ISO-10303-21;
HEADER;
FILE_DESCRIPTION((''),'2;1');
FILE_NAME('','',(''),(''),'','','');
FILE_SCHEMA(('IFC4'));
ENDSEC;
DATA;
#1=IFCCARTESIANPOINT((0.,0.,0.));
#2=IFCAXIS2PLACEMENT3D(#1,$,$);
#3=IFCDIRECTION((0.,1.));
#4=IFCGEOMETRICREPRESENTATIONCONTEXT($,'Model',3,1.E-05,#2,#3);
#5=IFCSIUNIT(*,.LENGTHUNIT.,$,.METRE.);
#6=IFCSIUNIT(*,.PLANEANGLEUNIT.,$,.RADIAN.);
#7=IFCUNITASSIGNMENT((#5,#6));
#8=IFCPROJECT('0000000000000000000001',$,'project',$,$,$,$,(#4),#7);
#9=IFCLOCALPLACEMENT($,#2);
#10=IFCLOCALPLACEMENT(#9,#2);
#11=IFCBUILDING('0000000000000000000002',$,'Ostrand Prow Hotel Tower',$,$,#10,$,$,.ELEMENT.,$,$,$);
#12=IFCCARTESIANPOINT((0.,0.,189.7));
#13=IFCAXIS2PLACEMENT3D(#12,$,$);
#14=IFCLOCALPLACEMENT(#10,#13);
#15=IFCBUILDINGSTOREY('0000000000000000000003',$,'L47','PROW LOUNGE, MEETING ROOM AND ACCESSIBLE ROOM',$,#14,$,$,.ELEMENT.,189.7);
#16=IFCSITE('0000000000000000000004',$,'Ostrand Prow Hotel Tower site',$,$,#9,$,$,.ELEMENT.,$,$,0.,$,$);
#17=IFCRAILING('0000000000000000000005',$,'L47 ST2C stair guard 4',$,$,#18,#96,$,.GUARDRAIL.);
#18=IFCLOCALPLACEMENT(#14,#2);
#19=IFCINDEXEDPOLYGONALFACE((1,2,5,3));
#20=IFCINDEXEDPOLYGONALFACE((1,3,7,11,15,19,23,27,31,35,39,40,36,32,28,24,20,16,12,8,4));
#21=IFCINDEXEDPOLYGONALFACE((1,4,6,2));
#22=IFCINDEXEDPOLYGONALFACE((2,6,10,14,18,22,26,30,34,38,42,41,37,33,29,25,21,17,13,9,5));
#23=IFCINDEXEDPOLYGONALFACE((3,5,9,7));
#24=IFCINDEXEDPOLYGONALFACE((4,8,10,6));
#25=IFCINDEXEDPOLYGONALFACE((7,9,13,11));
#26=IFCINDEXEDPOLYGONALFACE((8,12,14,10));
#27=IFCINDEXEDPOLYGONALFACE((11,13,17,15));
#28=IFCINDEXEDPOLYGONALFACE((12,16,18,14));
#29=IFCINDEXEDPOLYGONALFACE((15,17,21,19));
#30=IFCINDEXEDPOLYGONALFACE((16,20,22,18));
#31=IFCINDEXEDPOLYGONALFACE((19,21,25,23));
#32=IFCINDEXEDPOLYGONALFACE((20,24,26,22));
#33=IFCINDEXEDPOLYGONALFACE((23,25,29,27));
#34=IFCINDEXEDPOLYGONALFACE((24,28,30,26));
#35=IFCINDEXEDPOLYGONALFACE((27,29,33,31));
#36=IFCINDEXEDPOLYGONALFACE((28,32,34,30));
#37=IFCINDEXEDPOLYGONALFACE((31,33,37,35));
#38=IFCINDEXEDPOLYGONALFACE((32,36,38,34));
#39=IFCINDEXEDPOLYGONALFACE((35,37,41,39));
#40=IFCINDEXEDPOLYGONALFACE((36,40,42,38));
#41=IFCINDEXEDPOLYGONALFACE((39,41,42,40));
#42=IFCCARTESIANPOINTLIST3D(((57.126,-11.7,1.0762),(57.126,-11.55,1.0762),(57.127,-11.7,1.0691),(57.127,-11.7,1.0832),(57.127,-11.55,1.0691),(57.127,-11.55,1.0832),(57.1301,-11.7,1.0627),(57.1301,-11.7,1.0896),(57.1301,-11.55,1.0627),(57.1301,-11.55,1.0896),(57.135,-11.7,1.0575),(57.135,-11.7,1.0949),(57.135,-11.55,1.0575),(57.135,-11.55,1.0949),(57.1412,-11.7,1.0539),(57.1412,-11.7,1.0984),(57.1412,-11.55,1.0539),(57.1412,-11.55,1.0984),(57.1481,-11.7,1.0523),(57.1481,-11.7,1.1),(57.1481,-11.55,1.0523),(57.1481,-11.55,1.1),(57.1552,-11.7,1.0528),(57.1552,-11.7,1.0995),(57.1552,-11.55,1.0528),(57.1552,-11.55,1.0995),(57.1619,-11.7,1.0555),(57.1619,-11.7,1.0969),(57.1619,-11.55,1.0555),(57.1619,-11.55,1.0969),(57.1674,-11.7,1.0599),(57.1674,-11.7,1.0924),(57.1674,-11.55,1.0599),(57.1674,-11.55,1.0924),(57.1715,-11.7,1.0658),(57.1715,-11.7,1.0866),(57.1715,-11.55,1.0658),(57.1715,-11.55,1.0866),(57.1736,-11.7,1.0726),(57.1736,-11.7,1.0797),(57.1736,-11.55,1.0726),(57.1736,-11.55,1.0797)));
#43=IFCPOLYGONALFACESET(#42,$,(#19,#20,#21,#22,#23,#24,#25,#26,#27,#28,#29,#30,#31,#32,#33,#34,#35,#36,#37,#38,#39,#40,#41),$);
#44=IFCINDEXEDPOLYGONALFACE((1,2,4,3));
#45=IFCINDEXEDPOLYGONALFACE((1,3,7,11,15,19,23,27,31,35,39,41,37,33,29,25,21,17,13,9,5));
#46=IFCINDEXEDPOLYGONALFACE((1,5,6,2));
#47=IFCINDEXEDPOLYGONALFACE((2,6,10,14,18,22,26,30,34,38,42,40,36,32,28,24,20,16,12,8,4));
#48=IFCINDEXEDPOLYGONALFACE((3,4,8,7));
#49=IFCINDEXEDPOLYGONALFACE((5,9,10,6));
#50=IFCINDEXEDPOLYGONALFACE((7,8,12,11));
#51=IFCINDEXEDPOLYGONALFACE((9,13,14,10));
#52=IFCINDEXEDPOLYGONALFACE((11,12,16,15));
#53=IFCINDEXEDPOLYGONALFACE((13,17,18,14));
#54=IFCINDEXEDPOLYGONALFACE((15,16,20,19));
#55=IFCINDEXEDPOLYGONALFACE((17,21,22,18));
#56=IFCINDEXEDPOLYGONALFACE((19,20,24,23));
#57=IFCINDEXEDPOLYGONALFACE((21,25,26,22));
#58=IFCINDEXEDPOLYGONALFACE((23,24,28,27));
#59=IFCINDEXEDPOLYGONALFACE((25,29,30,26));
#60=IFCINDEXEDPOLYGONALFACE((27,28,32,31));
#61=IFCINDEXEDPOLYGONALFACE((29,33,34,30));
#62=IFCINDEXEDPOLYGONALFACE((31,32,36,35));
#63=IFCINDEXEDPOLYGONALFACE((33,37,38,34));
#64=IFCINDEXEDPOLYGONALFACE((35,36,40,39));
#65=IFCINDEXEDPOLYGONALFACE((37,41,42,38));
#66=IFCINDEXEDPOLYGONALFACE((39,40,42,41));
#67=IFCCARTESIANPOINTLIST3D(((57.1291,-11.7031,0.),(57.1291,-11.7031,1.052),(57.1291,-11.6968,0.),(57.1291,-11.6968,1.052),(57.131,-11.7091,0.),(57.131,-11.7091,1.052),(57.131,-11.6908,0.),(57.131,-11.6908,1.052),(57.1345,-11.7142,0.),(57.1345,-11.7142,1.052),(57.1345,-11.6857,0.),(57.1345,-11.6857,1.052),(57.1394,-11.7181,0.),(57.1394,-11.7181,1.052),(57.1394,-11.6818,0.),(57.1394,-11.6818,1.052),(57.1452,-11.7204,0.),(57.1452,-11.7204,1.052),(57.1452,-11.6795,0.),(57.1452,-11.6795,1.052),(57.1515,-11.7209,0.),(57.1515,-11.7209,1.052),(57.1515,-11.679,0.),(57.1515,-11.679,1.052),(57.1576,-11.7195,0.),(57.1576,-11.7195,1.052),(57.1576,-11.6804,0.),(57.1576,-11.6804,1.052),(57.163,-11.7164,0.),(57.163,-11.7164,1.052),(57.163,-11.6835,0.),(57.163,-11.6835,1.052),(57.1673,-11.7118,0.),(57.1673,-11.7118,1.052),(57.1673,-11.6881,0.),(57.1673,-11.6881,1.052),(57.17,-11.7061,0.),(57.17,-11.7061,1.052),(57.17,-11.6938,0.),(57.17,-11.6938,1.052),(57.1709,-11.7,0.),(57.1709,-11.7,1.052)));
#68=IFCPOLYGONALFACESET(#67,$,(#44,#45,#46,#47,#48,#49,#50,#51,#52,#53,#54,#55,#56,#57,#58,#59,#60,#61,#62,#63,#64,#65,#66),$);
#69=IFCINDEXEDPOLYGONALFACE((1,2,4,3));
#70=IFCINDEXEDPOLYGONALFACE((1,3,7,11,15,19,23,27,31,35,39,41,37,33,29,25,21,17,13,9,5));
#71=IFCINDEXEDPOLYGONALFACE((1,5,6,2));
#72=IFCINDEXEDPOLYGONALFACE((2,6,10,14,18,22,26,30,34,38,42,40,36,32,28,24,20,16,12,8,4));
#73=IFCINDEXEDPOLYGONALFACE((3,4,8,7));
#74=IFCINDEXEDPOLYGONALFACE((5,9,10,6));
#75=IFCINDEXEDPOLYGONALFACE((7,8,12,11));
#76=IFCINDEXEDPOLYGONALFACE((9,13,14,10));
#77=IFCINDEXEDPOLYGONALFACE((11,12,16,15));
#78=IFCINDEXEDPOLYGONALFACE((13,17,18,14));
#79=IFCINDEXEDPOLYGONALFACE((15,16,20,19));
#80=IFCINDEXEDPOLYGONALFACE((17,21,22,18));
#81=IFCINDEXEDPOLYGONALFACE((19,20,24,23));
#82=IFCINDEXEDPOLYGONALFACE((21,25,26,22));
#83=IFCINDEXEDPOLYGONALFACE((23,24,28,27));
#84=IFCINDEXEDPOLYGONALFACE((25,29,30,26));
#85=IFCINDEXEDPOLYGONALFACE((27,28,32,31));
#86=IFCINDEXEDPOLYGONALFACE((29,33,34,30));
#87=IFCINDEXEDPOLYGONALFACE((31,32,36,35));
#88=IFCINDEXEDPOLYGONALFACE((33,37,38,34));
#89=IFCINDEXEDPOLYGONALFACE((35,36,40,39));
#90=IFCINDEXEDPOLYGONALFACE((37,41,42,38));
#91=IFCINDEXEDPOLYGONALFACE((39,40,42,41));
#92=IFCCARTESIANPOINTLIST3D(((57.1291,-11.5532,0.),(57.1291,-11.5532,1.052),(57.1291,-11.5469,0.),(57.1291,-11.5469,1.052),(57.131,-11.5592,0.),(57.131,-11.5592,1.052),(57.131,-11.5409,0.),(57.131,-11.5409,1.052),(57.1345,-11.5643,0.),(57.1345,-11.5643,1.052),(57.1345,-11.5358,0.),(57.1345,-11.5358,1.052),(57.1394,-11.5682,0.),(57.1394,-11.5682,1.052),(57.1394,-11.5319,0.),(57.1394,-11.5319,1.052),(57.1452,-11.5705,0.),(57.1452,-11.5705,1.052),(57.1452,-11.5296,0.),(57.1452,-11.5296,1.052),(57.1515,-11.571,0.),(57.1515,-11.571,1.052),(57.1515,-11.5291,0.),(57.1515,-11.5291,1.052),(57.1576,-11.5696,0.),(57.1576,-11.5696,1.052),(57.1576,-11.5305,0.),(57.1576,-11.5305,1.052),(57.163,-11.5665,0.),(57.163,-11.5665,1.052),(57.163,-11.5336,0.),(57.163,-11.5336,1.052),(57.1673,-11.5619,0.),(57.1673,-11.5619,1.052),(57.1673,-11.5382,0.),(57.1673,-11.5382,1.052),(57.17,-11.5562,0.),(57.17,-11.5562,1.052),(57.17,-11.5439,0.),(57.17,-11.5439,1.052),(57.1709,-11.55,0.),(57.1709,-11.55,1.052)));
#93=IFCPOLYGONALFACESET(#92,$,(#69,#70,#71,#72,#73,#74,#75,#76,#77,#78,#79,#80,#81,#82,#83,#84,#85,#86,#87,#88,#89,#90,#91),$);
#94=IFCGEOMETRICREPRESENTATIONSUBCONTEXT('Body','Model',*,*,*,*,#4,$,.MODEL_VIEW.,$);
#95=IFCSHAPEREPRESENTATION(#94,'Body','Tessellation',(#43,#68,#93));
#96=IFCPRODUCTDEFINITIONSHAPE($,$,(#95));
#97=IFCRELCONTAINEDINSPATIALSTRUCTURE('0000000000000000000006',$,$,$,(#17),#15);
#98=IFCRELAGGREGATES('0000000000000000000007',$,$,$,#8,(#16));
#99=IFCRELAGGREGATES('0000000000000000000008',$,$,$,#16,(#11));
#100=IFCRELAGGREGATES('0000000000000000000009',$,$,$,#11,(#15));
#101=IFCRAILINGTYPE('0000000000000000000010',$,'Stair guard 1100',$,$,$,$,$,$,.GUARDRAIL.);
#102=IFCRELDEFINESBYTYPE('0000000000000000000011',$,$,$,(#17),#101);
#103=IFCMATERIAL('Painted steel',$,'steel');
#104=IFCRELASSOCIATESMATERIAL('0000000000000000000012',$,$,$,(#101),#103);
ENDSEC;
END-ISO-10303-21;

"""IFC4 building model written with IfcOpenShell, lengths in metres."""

from ifc_helpers import new_model, si_unit, direction, frame, origin, origin_2d, place, context, subcontext, project, spatial, circle, extrude, material, type_object, element, save


model = new_model("IFC4")

# Units and contexts
model_context = context("Model", 3, precision=1e-05, world=origin(), true_north=direction((0.0, 1.0)))
body_context = subcontext(model_context, "Body", "Model", "MODEL_VIEW")
ifc_project = project(units=[si_unit("LENGTHUNIT", "METRE"), si_unit("PLANEANGLEUNIT", "RADIAN")], contexts=[model_context])

# Site, building, storey
site_placement = place(None, origin())
site = spatial("IfcSite", under=ifc_project, at=site_placement, Name="Ostrand Prow Hotel Tower site", CompositionType="ELEMENT", RefElevation=0.0)
building_placement = place(site_placement, origin())
building = spatial("IfcBuilding", under=site, at=building_placement, Name="Ostrand Prow Hotel Tower", CompositionType="ELEMENT")
storey_placement = place(building_placement, frame((0.0, 0.0, 189.7)))
storey = spatial("IfcBuildingStorey", under=building, at=storey_placement, Name="L47", Description="PROW LOUNGE, MEETING ROOM AND ACCESSIBLE ROOM", CompositionType="ELEMENT", Elevation=189.7)

# Railing
ifc_material_1 = material(Name="Painted steel", Category="steel")
railing_type = type_object("IfcRailingType", Name="Stair guard 1100", PredefinedType="GUARDRAIL", material=ifc_material_1)
railing_placement = place(storey_placement, frame((57.1499, -11.7, 0.0)))
element("IfcRailing", 1, at=railing_placement, inside=storey, type_object=railing_type, Name="L47 ST2C stair guard 4", PredefinedType="GUARDRAIL", context=body_context, shape_type="SweptSolid", body=[
    extrude(circle(Radius=0.0239, at=origin_2d()), frame((0.0, 0.0, 1.0762), z_axis=(0.0, 1.0, 0.0), x_axis=(-1.0, 0.0, 0.0)), (0.0, 0.0, 1.0), 0.1499),
    extrude(circle(Radius=0.021, at=origin_2d()), origin(), (0.0, 0.0, 1.0), 1.052),
    extrude(circle(Radius=0.021, at=origin_2d()), frame((0.0, 0.1499, 0.0)), (0.0, 0.0, 1.0), 1.052),
])

save(model, "model.ifc")
